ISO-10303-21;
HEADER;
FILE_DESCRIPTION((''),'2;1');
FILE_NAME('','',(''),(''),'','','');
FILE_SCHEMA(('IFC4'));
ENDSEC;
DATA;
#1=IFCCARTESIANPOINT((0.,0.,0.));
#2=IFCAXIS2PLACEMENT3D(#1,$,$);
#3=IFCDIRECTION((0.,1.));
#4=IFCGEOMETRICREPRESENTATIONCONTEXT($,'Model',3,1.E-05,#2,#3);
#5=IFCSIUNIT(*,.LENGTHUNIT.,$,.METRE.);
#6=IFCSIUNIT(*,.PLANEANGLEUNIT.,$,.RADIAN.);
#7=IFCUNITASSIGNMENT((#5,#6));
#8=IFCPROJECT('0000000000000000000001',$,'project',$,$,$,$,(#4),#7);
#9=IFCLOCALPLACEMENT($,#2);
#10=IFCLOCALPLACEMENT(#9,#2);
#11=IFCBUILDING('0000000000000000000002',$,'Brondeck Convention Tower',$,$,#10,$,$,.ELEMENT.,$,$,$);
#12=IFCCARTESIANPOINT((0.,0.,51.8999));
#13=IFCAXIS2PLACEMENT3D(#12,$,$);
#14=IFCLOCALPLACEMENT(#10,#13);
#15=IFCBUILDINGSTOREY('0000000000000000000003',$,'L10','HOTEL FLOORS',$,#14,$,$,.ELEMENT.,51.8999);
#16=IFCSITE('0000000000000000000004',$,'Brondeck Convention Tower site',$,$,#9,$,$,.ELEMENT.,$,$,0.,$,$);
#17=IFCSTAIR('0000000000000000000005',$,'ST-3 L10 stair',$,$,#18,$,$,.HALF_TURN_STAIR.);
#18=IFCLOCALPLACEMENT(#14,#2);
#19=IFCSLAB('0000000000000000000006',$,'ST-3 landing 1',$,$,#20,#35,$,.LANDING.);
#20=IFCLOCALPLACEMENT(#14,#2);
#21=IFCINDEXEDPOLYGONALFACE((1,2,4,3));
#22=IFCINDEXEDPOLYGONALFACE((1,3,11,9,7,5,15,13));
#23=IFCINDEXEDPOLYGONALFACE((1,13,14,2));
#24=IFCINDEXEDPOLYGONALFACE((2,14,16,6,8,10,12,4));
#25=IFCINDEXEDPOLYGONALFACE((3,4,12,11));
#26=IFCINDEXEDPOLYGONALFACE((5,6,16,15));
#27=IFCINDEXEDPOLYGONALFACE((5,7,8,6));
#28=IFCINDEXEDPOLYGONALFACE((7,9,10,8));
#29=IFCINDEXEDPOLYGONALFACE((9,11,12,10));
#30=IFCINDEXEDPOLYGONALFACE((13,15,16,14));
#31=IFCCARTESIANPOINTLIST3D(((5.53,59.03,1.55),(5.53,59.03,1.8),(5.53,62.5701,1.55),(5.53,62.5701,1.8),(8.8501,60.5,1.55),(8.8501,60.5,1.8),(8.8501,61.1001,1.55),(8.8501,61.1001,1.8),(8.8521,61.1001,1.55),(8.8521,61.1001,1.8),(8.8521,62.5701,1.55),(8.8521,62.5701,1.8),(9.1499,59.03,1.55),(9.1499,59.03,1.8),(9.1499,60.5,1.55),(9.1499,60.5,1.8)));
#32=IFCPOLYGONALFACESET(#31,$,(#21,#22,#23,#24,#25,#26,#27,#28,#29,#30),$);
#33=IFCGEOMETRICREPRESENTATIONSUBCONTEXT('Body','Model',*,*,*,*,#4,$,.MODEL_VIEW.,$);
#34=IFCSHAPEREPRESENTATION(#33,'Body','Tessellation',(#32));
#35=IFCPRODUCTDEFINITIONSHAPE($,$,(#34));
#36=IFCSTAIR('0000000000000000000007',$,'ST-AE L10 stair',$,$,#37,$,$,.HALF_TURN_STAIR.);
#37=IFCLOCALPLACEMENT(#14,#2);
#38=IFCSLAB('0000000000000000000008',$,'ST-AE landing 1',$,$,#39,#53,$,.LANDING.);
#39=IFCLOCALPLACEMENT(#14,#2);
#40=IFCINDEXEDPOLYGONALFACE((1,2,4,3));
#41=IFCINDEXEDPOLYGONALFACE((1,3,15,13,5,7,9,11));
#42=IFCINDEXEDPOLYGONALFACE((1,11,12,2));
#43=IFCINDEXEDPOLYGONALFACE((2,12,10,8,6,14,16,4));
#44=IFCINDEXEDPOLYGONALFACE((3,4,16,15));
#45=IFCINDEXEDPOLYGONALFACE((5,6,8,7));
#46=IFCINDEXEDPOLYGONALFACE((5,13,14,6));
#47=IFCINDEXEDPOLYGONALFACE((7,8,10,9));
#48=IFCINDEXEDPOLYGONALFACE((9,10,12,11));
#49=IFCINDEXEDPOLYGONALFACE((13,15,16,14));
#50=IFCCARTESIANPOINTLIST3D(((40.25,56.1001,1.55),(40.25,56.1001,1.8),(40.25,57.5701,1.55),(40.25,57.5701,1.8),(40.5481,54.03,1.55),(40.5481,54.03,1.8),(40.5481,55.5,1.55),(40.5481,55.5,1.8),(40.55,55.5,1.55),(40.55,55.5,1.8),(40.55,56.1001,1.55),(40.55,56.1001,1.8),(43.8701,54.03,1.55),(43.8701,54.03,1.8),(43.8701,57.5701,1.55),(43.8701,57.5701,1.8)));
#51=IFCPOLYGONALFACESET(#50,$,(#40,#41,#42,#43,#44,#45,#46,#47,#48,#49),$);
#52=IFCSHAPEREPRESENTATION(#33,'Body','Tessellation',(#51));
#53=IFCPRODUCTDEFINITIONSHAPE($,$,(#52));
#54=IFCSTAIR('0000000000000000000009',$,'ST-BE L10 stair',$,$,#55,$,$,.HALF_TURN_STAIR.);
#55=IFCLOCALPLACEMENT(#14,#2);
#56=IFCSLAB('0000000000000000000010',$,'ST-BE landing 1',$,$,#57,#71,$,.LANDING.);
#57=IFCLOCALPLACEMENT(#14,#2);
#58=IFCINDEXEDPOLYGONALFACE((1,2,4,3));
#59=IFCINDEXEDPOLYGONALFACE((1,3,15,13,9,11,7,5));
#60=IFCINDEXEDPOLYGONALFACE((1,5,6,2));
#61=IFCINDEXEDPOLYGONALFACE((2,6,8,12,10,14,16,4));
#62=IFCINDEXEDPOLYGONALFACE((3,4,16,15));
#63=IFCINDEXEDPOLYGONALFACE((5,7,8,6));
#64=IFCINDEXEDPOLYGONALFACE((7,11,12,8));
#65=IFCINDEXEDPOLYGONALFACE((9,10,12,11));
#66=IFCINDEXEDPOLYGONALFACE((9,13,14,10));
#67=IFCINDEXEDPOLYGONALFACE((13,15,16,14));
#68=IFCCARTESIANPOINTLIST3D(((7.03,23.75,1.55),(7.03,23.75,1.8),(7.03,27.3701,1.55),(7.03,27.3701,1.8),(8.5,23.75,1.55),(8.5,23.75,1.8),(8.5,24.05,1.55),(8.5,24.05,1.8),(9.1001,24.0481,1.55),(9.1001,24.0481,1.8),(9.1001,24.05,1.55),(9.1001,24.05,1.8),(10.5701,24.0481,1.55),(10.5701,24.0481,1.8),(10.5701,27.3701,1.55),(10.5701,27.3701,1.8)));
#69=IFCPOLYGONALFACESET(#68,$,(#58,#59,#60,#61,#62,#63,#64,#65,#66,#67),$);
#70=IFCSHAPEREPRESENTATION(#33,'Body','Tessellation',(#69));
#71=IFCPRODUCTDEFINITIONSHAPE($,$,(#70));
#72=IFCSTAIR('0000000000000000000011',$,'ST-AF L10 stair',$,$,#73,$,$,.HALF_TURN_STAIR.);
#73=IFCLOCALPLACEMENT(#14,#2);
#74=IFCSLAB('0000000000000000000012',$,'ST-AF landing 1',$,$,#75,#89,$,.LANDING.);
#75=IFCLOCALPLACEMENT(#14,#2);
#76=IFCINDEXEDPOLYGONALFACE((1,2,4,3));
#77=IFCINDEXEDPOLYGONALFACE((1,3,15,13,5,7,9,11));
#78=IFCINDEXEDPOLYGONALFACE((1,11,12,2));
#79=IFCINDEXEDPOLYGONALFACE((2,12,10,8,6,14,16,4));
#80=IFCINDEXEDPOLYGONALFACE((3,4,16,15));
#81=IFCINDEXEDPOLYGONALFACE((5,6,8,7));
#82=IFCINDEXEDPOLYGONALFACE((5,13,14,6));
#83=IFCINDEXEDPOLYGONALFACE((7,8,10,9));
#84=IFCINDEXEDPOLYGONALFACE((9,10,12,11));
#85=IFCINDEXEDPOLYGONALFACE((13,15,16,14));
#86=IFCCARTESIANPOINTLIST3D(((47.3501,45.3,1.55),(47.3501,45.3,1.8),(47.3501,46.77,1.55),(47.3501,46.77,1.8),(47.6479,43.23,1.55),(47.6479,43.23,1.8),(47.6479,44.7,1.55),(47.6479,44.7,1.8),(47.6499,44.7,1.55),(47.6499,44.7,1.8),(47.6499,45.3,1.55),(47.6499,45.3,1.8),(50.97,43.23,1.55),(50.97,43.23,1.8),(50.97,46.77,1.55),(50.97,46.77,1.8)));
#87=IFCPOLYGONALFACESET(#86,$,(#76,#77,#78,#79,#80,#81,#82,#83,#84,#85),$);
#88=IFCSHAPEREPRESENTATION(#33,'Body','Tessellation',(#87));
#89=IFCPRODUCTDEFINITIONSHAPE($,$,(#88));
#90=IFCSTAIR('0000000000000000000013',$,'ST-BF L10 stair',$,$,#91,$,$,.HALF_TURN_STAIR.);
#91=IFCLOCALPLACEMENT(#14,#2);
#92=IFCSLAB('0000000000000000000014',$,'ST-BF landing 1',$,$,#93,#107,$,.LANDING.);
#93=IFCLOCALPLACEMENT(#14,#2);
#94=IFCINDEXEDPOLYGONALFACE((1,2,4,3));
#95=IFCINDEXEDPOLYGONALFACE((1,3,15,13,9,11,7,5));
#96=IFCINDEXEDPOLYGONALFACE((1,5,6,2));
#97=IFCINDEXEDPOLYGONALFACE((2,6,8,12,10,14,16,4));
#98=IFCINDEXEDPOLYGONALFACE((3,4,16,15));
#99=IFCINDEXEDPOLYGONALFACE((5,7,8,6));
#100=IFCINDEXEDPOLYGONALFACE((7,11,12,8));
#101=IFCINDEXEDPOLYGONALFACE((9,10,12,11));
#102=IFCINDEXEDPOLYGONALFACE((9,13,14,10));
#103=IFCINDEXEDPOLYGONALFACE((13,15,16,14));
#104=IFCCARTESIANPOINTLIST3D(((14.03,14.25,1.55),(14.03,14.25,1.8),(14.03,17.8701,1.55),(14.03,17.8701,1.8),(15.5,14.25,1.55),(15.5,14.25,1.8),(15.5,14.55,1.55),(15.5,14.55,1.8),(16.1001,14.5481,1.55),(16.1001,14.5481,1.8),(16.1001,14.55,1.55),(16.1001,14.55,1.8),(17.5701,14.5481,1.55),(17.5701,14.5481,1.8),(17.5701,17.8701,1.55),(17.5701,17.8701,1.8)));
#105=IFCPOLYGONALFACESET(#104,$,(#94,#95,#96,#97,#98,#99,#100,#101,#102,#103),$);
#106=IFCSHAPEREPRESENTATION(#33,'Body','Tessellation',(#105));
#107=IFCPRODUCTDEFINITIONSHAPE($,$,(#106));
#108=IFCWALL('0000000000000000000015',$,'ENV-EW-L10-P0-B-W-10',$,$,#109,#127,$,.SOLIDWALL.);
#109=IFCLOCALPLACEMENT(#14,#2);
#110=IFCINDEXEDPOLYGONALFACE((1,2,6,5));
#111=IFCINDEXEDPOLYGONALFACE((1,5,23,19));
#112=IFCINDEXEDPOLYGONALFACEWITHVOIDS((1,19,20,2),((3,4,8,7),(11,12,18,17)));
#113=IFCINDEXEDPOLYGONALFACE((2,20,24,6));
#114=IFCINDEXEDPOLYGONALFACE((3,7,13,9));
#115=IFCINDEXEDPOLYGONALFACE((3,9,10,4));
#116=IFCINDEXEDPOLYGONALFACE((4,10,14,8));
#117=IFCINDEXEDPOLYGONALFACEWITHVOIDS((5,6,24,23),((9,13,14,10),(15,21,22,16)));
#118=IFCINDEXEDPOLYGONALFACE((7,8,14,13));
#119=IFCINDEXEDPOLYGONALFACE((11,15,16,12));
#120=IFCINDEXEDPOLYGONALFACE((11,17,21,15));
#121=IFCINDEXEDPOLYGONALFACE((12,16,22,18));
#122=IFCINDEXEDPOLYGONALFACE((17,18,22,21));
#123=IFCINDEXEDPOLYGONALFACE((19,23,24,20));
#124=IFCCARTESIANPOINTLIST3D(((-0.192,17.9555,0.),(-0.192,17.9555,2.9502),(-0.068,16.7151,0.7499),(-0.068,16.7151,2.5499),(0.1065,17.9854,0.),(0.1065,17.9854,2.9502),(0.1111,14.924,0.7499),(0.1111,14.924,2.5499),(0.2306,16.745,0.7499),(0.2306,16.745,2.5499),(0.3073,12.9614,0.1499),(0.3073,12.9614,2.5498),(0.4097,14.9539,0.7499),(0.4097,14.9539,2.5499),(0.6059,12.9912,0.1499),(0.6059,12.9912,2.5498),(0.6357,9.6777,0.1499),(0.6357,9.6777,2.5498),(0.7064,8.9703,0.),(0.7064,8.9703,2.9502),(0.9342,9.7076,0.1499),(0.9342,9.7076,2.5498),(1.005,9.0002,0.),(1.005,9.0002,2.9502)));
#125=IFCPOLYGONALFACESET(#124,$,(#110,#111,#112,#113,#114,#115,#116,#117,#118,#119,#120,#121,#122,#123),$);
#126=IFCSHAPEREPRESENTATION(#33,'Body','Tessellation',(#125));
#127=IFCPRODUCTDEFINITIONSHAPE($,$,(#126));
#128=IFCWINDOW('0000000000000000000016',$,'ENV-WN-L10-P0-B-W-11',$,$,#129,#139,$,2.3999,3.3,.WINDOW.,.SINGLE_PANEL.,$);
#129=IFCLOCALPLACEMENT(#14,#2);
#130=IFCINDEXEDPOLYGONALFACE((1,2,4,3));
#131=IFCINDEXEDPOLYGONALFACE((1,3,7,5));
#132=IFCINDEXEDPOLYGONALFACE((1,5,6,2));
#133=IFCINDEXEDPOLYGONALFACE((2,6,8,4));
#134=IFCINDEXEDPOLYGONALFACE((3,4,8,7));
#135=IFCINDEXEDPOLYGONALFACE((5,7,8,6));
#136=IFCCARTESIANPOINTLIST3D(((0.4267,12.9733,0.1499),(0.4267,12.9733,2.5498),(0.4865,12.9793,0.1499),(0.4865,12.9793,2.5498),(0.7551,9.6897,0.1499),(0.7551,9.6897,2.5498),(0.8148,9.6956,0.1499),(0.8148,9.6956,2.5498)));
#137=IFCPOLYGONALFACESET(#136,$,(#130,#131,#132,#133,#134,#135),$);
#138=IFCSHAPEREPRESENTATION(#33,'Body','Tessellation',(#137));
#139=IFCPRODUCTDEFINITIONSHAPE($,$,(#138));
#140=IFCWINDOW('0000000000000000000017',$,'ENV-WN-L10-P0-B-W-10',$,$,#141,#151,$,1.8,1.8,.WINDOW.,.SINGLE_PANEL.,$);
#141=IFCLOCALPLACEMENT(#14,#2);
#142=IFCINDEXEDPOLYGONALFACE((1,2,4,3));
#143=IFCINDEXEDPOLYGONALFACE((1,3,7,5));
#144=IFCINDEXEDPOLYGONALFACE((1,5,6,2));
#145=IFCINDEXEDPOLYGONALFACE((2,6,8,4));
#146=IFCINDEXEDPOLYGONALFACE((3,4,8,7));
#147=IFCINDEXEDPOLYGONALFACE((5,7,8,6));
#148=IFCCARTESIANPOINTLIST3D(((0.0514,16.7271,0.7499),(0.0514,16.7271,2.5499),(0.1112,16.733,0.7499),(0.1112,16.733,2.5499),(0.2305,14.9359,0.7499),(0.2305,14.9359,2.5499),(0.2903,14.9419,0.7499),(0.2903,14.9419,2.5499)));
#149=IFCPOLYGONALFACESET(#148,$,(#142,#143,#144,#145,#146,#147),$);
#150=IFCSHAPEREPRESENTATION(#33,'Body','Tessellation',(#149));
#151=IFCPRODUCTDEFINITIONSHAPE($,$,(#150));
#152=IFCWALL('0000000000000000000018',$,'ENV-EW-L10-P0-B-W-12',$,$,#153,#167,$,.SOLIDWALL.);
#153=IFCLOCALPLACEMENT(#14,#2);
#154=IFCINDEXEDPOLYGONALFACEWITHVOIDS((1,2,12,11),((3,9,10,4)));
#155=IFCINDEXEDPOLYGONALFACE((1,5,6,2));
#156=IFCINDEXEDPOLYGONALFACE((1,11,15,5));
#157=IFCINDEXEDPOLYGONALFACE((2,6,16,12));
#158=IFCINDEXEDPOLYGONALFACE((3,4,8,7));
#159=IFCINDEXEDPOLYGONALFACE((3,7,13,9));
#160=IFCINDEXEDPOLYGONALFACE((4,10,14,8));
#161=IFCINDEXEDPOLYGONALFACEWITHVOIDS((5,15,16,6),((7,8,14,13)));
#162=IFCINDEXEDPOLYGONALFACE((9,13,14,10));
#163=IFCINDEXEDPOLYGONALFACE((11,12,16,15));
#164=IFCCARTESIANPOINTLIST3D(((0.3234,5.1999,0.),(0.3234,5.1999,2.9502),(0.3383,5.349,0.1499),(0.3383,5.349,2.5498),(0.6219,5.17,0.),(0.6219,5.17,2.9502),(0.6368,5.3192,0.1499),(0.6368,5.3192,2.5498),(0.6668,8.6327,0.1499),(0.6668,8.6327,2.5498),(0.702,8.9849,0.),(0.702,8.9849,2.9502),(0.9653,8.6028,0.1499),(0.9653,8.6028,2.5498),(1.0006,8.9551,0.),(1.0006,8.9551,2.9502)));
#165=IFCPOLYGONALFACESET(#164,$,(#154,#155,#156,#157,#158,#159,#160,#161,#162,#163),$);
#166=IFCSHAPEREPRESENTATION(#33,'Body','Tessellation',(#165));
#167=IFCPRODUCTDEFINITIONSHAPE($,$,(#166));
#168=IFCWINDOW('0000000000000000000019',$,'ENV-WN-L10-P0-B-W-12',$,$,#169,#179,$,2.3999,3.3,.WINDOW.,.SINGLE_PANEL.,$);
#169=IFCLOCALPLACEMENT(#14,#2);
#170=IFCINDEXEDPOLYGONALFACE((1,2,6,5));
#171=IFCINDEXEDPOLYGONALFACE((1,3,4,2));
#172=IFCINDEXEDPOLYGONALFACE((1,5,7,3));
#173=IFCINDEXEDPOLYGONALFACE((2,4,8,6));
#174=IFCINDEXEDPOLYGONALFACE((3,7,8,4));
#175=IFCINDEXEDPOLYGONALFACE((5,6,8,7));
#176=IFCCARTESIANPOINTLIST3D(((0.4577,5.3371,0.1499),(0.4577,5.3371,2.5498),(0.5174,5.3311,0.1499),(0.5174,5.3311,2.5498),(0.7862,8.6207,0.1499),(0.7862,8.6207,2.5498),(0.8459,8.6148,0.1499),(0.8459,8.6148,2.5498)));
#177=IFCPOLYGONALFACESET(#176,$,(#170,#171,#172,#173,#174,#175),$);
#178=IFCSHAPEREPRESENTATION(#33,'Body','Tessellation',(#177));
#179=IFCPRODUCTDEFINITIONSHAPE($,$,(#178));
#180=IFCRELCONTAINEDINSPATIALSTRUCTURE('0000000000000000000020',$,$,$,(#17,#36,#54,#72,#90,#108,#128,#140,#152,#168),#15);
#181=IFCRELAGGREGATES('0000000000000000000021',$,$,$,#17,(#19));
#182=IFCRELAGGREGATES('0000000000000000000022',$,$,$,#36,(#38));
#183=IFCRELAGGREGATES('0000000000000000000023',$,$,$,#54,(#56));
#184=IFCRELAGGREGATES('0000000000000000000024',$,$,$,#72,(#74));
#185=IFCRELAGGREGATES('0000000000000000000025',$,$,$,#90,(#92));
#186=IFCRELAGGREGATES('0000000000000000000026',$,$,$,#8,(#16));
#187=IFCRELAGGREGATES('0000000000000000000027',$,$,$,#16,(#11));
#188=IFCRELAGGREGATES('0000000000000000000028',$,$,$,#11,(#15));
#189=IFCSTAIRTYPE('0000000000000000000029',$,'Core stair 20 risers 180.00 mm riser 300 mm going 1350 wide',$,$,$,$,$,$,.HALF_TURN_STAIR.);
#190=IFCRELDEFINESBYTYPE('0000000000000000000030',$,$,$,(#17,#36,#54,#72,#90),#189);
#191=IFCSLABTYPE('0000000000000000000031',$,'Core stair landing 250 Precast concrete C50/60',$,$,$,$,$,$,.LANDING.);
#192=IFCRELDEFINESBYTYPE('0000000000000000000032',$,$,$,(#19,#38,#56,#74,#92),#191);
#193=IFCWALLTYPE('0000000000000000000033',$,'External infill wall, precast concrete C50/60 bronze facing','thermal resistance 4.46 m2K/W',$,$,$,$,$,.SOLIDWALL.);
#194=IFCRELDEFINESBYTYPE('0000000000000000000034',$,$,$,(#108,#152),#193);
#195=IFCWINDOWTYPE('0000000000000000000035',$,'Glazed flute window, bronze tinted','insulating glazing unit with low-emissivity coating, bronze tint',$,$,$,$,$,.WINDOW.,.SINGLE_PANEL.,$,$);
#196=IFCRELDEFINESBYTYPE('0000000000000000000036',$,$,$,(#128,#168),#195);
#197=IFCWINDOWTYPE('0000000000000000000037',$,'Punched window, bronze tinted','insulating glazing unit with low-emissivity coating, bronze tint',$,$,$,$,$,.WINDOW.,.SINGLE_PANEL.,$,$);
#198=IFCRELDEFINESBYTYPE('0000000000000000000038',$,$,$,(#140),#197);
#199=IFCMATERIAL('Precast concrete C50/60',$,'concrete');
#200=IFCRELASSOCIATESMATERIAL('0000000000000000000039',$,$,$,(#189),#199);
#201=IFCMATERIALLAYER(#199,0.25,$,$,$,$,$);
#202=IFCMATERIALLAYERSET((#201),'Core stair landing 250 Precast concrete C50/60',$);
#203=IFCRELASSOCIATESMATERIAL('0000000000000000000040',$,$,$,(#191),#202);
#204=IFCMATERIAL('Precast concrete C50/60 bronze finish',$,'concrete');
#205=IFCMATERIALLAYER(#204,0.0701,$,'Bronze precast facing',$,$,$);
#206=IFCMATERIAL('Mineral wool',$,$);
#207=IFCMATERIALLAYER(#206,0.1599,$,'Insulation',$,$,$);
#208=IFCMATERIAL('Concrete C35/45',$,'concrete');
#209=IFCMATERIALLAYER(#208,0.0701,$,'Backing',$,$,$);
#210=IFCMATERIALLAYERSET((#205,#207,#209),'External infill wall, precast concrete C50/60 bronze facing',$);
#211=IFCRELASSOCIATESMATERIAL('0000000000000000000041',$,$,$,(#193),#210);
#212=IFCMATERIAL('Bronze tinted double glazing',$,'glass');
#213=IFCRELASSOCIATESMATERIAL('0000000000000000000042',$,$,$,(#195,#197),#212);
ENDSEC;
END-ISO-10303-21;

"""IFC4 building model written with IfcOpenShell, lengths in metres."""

from ifc_helpers import new_model, si_unit, direction, frame, frame_2d, origin, place, context, subcontext, project, spatial, polyline, rectangle, outline, extrude, material, layer, layer_set, type_object, element, fill, aggregate, save


model = new_model("IFC4")

# Units and contexts
model_context = context("Model", 3, precision=1e-05, world=origin(), true_north=direction((0.0, 1.0)))
body_context = subcontext(model_context, "Body", "Model", "MODEL_VIEW")
ifc_project = project(units=[si_unit("LENGTHUNIT", "METRE"), si_unit("PLANEANGLEUNIT", "RADIAN")], contexts=[model_context])

# Site, building, storey
site_placement = place(None, origin())
site = spatial("IfcSite", under=ifc_project, at=site_placement, Name="Brondeck Convention Tower site", CompositionType="ELEMENT", RefElevation=0.0)
building_placement = place(site_placement, origin())
building = spatial("IfcBuilding", under=site, at=building_placement, Name="Brondeck Convention Tower", CompositionType="ELEMENT")
storey_placement = place(building_placement, frame((0.0, 0.0, 51.8999)))
storey = spatial("IfcBuildingStorey", under=building, at=storey_placement, Name="L10", Description="HOTEL FLOORS", CompositionType="ELEMENT", Elevation=51.8999)

# Shared definitions
ifc_material_1 = material(Name="Concrete C35/45", Category="concrete")

# Stairs, slabs
ifc_material_2 = material(Name="Precast concrete C50/60", Category="concrete")
stair_type = type_object("IfcStairType", Name="Core stair 20 risers 180.00 mm riser 300 mm going 1350 wide", PredefinedType="HALF_TURN_STAIR", material=ifc_material_2)
ifc_layer_1 = layer(ifc_material_2, 0.25)
ifc_layer_set_1 = layer_set([ifc_layer_1], Name="Core stair landing 250 Precast concrete C50/60")
slab_type_1 = type_object("IfcSlabType", Name="Core stair landing 250 Precast concrete C50/60", PredefinedType="LANDING", material=ifc_layer_set_1)
stair_1_placement = place(storey_placement, origin())
stair_1 = element("IfcStair", 1, at=stair_1_placement, inside=storey, type_object=stair_type, Name="ST-3 L10 stair", PredefinedType="HALF_TURN_STAIR")
slab_1_placement = place(storey_placement, frame((0.0, 0.0, 1.55)))
slab_1 = element("IfcSlab", 2, at=slab_1_placement, type_object=slab_type_1, Name="ST-3 landing 1", PredefinedType="LANDING", context=body_context, shape_type="SweptSolid", body=[
    extrude(outline(polyline([(9.1499, 60.5), (9.1499, 59.03), (5.53, 59.03), (5.53, 62.5701), (8.8521, 62.5701), (8.8521, 61.1001), (8.8501, 61.1001), (8.8501, 60.5), (9.1499, 60.5)])), origin(), (0.0, 0.0, 1.0), 0.25),
])
aggregate(stair_1, [slab_1])
stair_2_placement = place(storey_placement, origin())
stair_2 = element("IfcStair", 3, at=stair_2_placement, inside=storey, type_object=stair_type, Name="ST-AE L10 stair", PredefinedType="HALF_TURN_STAIR")
slab_2_placement = place(storey_placement, frame((0.0, 0.0, 1.55)))
slab_2 = element("IfcSlab", 4, at=slab_2_placement, type_object=slab_type_1, Name="ST-AE landing 1", PredefinedType="LANDING", context=body_context, shape_type="SweptSolid", body=[
    extrude(outline(polyline([(40.5481, 55.5), (40.55, 55.5), (40.55, 56.1001), (40.25, 56.1001), (40.25, 57.5701), (43.8701, 57.5701), (43.8701, 54.03), (40.5481, 54.03), (40.5481, 55.5)])), origin(), (0.0, 0.0, 1.0), 0.25),
])
aggregate(stair_2, [slab_2])
stair_3_placement = place(storey_placement, origin())
stair_3 = element("IfcStair", 5, at=stair_3_placement, inside=storey, type_object=stair_type, Name="ST-BE L10 stair", PredefinedType="HALF_TURN_STAIR")
slab_3_placement = place(storey_placement, frame((0.0, 0.0, 1.55)))
slab_3 = element("IfcSlab", 6, at=slab_3_placement, type_object=slab_type_1, Name="ST-BE landing 1", PredefinedType="LANDING", context=body_context, shape_type="SweptSolid", body=[
    extrude(outline(polyline([(7.03, 23.75), (7.03, 27.3701), (10.5701, 27.3701), (10.5701, 24.0481), (9.1001, 24.0481), (9.1001, 24.05), (8.5, 24.05), (8.5, 23.75), (7.03, 23.75)])), origin(), (0.0, 0.0, 1.0), 0.25),
])
aggregate(stair_3, [slab_3])
stair_4_placement = place(storey_placement, origin())
stair_4 = element("IfcStair", 7, at=stair_4_placement, inside=storey, type_object=stair_type, Name="ST-AF L10 stair", PredefinedType="HALF_TURN_STAIR")
slab_4_placement = place(storey_placement, frame((0.0, 0.0, 1.55)))
slab_4 = element("IfcSlab", 8, at=slab_4_placement, type_object=slab_type_1, Name="ST-AF landing 1", PredefinedType="LANDING", context=body_context, shape_type="SweptSolid", body=[
    extrude(outline(polyline([(47.6479, 44.7), (47.6499, 44.7), (47.6499, 45.3), (47.3501, 45.3), (47.3501, 46.77), (50.97, 46.77), (50.97, 43.23), (47.6479, 43.23), (47.6479, 44.7)])), origin(), (0.0, 0.0, 1.0), 0.25),
])
aggregate(stair_4, [slab_4])
stair_5_placement = place(storey_placement, origin())
stair_5 = element("IfcStair", 9, at=stair_5_placement, inside=storey, type_object=stair_type, Name="ST-BF L10 stair", PredefinedType="HALF_TURN_STAIR")
slab_5_placement = place(storey_placement, frame((0.0, 0.0, 1.55)))
slab_5 = element("IfcSlab", 10, at=slab_5_placement, type_object=slab_type_1, Name="ST-BF landing 1", PredefinedType="LANDING", context=body_context, shape_type="SweptSolid", body=[
    extrude(outline(polyline([(14.03, 14.25), (14.03, 17.8701), (17.5701, 17.8701), (17.5701, 14.5481), (16.1001, 14.5481), (16.1001, 14.55), (15.5, 14.55), (15.5, 14.25), (14.03, 14.25)])), origin(), (0.0, 0.0, 1.0), 0.25),
])
aggregate(stair_5, [slab_5])

# Wall, openings, windows
ifc_material_3 = material(Name="Precast concrete C50/60 bronze finish", Category="concrete")
ifc_layer_2 = layer(ifc_material_3, 0.0701, Name="Bronze precast facing")
ifc_material_4 = material(Name="Mineral wool")
ifc_layer_3 = layer(ifc_material_4, 0.1599, Name="Insulation")
ifc_layer_4 = layer(ifc_material_1, 0.0701, Name="Backing")
ifc_layer_set_2 = layer_set([ifc_layer_2, ifc_layer_3, ifc_layer_4], Name="External infill wall, precast concrete C50/60 bronze facing")
wall_type_1 = type_object("IfcWallType", Name="External infill wall, precast concrete C50/60 bronze facing", Description="thermal resistance 4.46 m2K/W", PredefinedType="SOLIDWALL", material=ifc_layer_set_2)
wall_1_placement = place(storey_placement, frame((0.8557, 8.9851, 0.0), z_axis=(0.0, 0.0, 1.0), x_axis=(-0.099496, 0.995038, 0.0)))
wall_1 = element("IfcWall", 11, at=wall_1_placement, inside=storey, type_object=wall_type_1, Name="ENV-EW-L10-P0-B-W-10", PredefinedType="SOLIDWALL", context=body_context, shape_type="SweptSolid", body=[
    extrude(rectangle(XDim=9.03, YDim=0.3, at=frame_2d((4.5151, 0.0))), origin(), (0.0, 0.0, 1.0), 2.9502),
])
opening_1_placement = place(wall_1_placement, frame((0.7112, 0.0, 0.1499)))
opening_1 = element("IfcOpeningElement", 12, at=opening_1_placement, cuts=wall_1, PredefinedType="OPENING", context=body_context, shape_type="SweptSolid", body=[
    extrude(rectangle(XDim=3.3, YDim=2.3999, at=frame_2d((1.6499, 1.2))), frame((0.0, 0.1599, 0.0), z_axis=(0.0, -1.0, 0.0), x_axis=(1.0, 0.0, 0.0)), (0.0, 0.0, 1.0), 0.3201),
])
opening_2_placement = place(wall_1_placement, frame((5.9836, 0.0, 0.75)))
opening_2 = element("IfcOpeningElement", 13, at=opening_2_placement, cuts=wall_1, PredefinedType="OPENING", context=body_context, shape_type="SweptSolid", body=[
    extrude(rectangle(XDim=1.8, YDim=1.8, at=frame_2d((0.8999, 0.8999))), frame((0.0, 0.1599, 0.0), z_axis=(0.0, -1.0, 0.0), x_axis=(1.0, 0.0, 0.0)), (0.0, 0.0, 1.0), 0.3201),
])
ifc_material_5 = material(Name="Bronze tinted double glazing", Category="glass")
window_type_1 = type_object("IfcWindowType", Name="Glazed flute window, bronze tinted", Description="insulating glazing unit with low-emissivity coating, bronze tint", PartitioningType="SINGLE_PANEL", PredefinedType="WINDOW", material=ifc_material_5)
window_1_placement = place(opening_1_placement, origin())
window_1 = element("IfcWindow", 14, at=window_1_placement, inside=storey, type_object=window_type_1, Name="ENV-WN-L10-P0-B-W-11", OverallHeight=2.3999, OverallWidth=3.3, PartitioningType="SINGLE_PANEL", PredefinedType="WINDOW", context=body_context, shape_type="SweptSolid", body=[
    extrude(rectangle(XDim=3.3, YDim=2.3999, at=frame_2d((1.6499, 1.2))), frame((0.0, 0.03, 0.0), z_axis=(0.0, -1.0, 0.0), x_axis=(1.0, 0.0, 0.0)), (0.0, 0.0, 1.0), 0.0601),
])
fill(opening_1, window_1)
window_type_2 = type_object("IfcWindowType", Name="Punched window, bronze tinted", Description="insulating glazing unit with low-emissivity coating, bronze tint", PartitioningType="SINGLE_PANEL", PredefinedType="WINDOW", material=ifc_material_5)
window_2_placement = place(opening_2_placement, origin())
window_2 = element("IfcWindow", 15, at=window_2_placement, inside=storey, type_object=window_type_2, Name="ENV-WN-L10-P0-B-W-10", OverallHeight=1.8, OverallWidth=1.8, PartitioningType="SINGLE_PANEL", PredefinedType="WINDOW", context=body_context, shape_type="SweptSolid", body=[
    extrude(rectangle(XDim=1.8, YDim=1.8, at=frame_2d((0.8999, 0.8999))), frame((0.0, 0.03, 0.0), z_axis=(0.0, -1.0, 0.0), x_axis=(1.0, 0.0, 0.0)), (0.0, 0.0, 1.0), 0.0601),
])
fill(opening_2, window_2)

# Wall, opening, window
wall_2_placement = place(storey_placement, frame((0.4727, 5.1851, 0.0), z_axis=(0.0, 0.0, 1.0), x_axis=(0.099542, 0.995033, 0.0)))
wall_2 = element("IfcWall", 16, at=wall_2_placement, inside=storey, type_object=wall_type_1, Name="ENV-EW-L10-P0-B-W-12", PredefinedType="SOLIDWALL", context=body_context, shape_type="SweptSolid", body=[
    extrude(rectangle(XDim=3.804, YDim=0.3, at=frame_2d((1.9019, 0.0))), origin(), (0.0, 0.0, 1.0), 2.9502),
])
opening_3_placement = place(wall_2_placement, frame((0.1499, 0.0, 0.1499)))
opening_3 = element("IfcOpeningElement", 17, at=opening_3_placement, cuts=wall_2, PredefinedType="OPENING", context=body_context, shape_type="SweptSolid", body=[
    extrude(rectangle(XDim=3.3, YDim=2.3999, at=frame_2d((1.6499, 1.2))), frame((0.0, 0.1599, 0.0), z_axis=(0.0, -1.0, 0.0), x_axis=(1.0, 0.0, 0.0)), (0.0, 0.0, 1.0), 0.3201),
])
window_3_placement = place(opening_3_placement, origin())
window_3 = element("IfcWindow", 18, at=window_3_placement, inside=storey, type_object=window_type_1, Name="ENV-WN-L10-P0-B-W-12", OverallHeight=2.3999, OverallWidth=3.3, PartitioningType="SINGLE_PANEL", PredefinedType="WINDOW", context=body_context, shape_type="SweptSolid", body=[
    extrude(rectangle(XDim=3.3, YDim=2.3999, at=frame_2d((1.6499, 1.2))), frame((0.0, 0.03, 0.0), z_axis=(0.0, -1.0, 0.0), x_axis=(1.0, 0.0, 0.0)), (0.0, 0.0, 1.0), 0.0601),
])
fill(opening_3, window_3)

save(model, "model.ifc")
